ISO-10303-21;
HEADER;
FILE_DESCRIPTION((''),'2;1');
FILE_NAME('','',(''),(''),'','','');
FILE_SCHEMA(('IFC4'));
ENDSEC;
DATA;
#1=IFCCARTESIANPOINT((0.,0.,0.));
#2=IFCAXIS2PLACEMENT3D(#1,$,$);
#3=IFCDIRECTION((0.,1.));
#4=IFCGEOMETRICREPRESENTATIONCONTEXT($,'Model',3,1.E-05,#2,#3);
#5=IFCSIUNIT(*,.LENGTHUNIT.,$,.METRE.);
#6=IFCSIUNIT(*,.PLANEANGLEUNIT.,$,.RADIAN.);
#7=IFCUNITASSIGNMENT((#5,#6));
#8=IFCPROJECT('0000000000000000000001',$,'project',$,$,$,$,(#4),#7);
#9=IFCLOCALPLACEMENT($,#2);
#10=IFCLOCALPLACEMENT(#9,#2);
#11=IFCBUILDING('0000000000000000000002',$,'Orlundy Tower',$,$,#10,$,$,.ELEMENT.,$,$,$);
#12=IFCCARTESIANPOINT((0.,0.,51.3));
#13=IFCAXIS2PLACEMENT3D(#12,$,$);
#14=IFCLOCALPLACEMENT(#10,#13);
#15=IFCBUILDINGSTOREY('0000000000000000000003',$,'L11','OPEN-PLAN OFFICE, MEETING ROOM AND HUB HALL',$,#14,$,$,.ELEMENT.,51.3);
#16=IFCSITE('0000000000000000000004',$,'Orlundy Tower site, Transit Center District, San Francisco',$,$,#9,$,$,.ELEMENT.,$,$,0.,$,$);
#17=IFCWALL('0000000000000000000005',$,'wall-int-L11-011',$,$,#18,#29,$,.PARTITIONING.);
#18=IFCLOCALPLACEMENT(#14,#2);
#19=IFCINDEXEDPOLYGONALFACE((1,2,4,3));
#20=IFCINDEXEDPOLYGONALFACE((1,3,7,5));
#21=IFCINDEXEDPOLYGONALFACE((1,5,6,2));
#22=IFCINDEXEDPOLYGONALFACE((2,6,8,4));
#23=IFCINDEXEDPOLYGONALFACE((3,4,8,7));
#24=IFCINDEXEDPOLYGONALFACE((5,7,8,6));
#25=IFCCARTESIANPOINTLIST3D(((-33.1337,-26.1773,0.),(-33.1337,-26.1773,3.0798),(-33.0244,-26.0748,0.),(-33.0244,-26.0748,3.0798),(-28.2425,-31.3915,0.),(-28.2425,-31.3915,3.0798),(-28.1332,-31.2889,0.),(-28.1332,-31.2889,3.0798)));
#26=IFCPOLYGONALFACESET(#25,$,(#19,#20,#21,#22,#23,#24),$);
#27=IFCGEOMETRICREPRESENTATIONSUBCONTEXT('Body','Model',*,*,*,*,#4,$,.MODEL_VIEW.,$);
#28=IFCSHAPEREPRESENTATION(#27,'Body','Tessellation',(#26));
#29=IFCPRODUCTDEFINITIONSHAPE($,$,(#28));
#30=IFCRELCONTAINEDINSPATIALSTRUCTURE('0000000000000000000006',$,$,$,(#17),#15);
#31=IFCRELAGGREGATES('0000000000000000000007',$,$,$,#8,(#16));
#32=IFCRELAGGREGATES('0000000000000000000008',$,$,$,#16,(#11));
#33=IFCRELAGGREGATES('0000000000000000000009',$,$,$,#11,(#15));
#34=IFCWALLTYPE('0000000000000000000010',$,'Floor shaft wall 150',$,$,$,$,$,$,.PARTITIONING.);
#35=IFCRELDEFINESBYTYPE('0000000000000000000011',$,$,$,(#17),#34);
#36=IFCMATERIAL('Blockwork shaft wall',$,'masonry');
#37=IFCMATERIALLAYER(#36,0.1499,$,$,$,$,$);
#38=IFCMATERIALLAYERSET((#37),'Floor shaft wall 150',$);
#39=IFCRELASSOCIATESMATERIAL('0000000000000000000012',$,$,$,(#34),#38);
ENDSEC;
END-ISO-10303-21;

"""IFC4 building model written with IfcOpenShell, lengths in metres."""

from ifc_helpers import new_model, si_unit, direction, frame, frame_2d, origin, place, context, subcontext, project, spatial, rectangle, extrude, material, layer, layer_set, type_object, element, save


model = new_model("IFC4")

# Units and contexts
model_context = context("Model", 3, precision=1e-05, world=origin(), true_north=direction((0.0, 1.0)))
body_context = subcontext(model_context, "Body", "Model", "MODEL_VIEW")
ifc_project = project(units=[si_unit("LENGTHUNIT", "METRE"), si_unit("PLANEANGLEUNIT", "RADIAN")], contexts=[model_context])

# Site, building, storey
site_placement = place(None, origin())
site = spatial("IfcSite", under=ifc_project, at=site_placement, Name="Orlundy Tower site, Transit Center District, San Francisco", CompositionType="ELEMENT", RefElevation=0.0)
building_placement = place(site_placement, origin())
building = spatial("IfcBuilding", under=site, at=building_placement, Name="Orlundy Tower", CompositionType="ELEMENT")
storey_placement = place(building_placement, frame((0.0, 0.0, 51.3)))
storey = spatial("IfcBuildingStorey", under=building, at=storey_placement, Name="L11", Description="OPEN-PLAN OFFICE, MEETING ROOM AND HUB HALL", CompositionType="ELEMENT", Elevation=51.3)

# Wall
ifc_material_1 = material(Name="Blockwork shaft wall", Category="masonry")
ifc_layer_1 = layer(ifc_material_1, 0.1499)
ifc_layer_set_1 = layer_set([ifc_layer_1], Name="Floor shaft wall 150")
wall_type_1 = type_object("IfcWallType", Name="Floor shaft wall 150", PredefinedType="PARTITIONING", material=ifc_layer_set_1)
wall_1_placement = place(storey_placement, frame((-33.0791, -26.126, 0.0), z_axis=(0.0, 0.0, 1.0), x_axis=(0.684156, -0.729336, 0.0)))
element("IfcWall", 1, at=wall_1_placement, inside=storey, type_object=wall_type_1, Name="wall-int-L11-011", PredefinedType="PARTITIONING", context=body_context, shape_type="SweptSolid", body=[
    extrude(rectangle(XDim=7.1492, YDim=0.1499, at=frame_2d((3.5747, 0.0))), origin(), (0.0, 0.0, 1.0), 3.0798),
])

save(model, "model.ifc")
